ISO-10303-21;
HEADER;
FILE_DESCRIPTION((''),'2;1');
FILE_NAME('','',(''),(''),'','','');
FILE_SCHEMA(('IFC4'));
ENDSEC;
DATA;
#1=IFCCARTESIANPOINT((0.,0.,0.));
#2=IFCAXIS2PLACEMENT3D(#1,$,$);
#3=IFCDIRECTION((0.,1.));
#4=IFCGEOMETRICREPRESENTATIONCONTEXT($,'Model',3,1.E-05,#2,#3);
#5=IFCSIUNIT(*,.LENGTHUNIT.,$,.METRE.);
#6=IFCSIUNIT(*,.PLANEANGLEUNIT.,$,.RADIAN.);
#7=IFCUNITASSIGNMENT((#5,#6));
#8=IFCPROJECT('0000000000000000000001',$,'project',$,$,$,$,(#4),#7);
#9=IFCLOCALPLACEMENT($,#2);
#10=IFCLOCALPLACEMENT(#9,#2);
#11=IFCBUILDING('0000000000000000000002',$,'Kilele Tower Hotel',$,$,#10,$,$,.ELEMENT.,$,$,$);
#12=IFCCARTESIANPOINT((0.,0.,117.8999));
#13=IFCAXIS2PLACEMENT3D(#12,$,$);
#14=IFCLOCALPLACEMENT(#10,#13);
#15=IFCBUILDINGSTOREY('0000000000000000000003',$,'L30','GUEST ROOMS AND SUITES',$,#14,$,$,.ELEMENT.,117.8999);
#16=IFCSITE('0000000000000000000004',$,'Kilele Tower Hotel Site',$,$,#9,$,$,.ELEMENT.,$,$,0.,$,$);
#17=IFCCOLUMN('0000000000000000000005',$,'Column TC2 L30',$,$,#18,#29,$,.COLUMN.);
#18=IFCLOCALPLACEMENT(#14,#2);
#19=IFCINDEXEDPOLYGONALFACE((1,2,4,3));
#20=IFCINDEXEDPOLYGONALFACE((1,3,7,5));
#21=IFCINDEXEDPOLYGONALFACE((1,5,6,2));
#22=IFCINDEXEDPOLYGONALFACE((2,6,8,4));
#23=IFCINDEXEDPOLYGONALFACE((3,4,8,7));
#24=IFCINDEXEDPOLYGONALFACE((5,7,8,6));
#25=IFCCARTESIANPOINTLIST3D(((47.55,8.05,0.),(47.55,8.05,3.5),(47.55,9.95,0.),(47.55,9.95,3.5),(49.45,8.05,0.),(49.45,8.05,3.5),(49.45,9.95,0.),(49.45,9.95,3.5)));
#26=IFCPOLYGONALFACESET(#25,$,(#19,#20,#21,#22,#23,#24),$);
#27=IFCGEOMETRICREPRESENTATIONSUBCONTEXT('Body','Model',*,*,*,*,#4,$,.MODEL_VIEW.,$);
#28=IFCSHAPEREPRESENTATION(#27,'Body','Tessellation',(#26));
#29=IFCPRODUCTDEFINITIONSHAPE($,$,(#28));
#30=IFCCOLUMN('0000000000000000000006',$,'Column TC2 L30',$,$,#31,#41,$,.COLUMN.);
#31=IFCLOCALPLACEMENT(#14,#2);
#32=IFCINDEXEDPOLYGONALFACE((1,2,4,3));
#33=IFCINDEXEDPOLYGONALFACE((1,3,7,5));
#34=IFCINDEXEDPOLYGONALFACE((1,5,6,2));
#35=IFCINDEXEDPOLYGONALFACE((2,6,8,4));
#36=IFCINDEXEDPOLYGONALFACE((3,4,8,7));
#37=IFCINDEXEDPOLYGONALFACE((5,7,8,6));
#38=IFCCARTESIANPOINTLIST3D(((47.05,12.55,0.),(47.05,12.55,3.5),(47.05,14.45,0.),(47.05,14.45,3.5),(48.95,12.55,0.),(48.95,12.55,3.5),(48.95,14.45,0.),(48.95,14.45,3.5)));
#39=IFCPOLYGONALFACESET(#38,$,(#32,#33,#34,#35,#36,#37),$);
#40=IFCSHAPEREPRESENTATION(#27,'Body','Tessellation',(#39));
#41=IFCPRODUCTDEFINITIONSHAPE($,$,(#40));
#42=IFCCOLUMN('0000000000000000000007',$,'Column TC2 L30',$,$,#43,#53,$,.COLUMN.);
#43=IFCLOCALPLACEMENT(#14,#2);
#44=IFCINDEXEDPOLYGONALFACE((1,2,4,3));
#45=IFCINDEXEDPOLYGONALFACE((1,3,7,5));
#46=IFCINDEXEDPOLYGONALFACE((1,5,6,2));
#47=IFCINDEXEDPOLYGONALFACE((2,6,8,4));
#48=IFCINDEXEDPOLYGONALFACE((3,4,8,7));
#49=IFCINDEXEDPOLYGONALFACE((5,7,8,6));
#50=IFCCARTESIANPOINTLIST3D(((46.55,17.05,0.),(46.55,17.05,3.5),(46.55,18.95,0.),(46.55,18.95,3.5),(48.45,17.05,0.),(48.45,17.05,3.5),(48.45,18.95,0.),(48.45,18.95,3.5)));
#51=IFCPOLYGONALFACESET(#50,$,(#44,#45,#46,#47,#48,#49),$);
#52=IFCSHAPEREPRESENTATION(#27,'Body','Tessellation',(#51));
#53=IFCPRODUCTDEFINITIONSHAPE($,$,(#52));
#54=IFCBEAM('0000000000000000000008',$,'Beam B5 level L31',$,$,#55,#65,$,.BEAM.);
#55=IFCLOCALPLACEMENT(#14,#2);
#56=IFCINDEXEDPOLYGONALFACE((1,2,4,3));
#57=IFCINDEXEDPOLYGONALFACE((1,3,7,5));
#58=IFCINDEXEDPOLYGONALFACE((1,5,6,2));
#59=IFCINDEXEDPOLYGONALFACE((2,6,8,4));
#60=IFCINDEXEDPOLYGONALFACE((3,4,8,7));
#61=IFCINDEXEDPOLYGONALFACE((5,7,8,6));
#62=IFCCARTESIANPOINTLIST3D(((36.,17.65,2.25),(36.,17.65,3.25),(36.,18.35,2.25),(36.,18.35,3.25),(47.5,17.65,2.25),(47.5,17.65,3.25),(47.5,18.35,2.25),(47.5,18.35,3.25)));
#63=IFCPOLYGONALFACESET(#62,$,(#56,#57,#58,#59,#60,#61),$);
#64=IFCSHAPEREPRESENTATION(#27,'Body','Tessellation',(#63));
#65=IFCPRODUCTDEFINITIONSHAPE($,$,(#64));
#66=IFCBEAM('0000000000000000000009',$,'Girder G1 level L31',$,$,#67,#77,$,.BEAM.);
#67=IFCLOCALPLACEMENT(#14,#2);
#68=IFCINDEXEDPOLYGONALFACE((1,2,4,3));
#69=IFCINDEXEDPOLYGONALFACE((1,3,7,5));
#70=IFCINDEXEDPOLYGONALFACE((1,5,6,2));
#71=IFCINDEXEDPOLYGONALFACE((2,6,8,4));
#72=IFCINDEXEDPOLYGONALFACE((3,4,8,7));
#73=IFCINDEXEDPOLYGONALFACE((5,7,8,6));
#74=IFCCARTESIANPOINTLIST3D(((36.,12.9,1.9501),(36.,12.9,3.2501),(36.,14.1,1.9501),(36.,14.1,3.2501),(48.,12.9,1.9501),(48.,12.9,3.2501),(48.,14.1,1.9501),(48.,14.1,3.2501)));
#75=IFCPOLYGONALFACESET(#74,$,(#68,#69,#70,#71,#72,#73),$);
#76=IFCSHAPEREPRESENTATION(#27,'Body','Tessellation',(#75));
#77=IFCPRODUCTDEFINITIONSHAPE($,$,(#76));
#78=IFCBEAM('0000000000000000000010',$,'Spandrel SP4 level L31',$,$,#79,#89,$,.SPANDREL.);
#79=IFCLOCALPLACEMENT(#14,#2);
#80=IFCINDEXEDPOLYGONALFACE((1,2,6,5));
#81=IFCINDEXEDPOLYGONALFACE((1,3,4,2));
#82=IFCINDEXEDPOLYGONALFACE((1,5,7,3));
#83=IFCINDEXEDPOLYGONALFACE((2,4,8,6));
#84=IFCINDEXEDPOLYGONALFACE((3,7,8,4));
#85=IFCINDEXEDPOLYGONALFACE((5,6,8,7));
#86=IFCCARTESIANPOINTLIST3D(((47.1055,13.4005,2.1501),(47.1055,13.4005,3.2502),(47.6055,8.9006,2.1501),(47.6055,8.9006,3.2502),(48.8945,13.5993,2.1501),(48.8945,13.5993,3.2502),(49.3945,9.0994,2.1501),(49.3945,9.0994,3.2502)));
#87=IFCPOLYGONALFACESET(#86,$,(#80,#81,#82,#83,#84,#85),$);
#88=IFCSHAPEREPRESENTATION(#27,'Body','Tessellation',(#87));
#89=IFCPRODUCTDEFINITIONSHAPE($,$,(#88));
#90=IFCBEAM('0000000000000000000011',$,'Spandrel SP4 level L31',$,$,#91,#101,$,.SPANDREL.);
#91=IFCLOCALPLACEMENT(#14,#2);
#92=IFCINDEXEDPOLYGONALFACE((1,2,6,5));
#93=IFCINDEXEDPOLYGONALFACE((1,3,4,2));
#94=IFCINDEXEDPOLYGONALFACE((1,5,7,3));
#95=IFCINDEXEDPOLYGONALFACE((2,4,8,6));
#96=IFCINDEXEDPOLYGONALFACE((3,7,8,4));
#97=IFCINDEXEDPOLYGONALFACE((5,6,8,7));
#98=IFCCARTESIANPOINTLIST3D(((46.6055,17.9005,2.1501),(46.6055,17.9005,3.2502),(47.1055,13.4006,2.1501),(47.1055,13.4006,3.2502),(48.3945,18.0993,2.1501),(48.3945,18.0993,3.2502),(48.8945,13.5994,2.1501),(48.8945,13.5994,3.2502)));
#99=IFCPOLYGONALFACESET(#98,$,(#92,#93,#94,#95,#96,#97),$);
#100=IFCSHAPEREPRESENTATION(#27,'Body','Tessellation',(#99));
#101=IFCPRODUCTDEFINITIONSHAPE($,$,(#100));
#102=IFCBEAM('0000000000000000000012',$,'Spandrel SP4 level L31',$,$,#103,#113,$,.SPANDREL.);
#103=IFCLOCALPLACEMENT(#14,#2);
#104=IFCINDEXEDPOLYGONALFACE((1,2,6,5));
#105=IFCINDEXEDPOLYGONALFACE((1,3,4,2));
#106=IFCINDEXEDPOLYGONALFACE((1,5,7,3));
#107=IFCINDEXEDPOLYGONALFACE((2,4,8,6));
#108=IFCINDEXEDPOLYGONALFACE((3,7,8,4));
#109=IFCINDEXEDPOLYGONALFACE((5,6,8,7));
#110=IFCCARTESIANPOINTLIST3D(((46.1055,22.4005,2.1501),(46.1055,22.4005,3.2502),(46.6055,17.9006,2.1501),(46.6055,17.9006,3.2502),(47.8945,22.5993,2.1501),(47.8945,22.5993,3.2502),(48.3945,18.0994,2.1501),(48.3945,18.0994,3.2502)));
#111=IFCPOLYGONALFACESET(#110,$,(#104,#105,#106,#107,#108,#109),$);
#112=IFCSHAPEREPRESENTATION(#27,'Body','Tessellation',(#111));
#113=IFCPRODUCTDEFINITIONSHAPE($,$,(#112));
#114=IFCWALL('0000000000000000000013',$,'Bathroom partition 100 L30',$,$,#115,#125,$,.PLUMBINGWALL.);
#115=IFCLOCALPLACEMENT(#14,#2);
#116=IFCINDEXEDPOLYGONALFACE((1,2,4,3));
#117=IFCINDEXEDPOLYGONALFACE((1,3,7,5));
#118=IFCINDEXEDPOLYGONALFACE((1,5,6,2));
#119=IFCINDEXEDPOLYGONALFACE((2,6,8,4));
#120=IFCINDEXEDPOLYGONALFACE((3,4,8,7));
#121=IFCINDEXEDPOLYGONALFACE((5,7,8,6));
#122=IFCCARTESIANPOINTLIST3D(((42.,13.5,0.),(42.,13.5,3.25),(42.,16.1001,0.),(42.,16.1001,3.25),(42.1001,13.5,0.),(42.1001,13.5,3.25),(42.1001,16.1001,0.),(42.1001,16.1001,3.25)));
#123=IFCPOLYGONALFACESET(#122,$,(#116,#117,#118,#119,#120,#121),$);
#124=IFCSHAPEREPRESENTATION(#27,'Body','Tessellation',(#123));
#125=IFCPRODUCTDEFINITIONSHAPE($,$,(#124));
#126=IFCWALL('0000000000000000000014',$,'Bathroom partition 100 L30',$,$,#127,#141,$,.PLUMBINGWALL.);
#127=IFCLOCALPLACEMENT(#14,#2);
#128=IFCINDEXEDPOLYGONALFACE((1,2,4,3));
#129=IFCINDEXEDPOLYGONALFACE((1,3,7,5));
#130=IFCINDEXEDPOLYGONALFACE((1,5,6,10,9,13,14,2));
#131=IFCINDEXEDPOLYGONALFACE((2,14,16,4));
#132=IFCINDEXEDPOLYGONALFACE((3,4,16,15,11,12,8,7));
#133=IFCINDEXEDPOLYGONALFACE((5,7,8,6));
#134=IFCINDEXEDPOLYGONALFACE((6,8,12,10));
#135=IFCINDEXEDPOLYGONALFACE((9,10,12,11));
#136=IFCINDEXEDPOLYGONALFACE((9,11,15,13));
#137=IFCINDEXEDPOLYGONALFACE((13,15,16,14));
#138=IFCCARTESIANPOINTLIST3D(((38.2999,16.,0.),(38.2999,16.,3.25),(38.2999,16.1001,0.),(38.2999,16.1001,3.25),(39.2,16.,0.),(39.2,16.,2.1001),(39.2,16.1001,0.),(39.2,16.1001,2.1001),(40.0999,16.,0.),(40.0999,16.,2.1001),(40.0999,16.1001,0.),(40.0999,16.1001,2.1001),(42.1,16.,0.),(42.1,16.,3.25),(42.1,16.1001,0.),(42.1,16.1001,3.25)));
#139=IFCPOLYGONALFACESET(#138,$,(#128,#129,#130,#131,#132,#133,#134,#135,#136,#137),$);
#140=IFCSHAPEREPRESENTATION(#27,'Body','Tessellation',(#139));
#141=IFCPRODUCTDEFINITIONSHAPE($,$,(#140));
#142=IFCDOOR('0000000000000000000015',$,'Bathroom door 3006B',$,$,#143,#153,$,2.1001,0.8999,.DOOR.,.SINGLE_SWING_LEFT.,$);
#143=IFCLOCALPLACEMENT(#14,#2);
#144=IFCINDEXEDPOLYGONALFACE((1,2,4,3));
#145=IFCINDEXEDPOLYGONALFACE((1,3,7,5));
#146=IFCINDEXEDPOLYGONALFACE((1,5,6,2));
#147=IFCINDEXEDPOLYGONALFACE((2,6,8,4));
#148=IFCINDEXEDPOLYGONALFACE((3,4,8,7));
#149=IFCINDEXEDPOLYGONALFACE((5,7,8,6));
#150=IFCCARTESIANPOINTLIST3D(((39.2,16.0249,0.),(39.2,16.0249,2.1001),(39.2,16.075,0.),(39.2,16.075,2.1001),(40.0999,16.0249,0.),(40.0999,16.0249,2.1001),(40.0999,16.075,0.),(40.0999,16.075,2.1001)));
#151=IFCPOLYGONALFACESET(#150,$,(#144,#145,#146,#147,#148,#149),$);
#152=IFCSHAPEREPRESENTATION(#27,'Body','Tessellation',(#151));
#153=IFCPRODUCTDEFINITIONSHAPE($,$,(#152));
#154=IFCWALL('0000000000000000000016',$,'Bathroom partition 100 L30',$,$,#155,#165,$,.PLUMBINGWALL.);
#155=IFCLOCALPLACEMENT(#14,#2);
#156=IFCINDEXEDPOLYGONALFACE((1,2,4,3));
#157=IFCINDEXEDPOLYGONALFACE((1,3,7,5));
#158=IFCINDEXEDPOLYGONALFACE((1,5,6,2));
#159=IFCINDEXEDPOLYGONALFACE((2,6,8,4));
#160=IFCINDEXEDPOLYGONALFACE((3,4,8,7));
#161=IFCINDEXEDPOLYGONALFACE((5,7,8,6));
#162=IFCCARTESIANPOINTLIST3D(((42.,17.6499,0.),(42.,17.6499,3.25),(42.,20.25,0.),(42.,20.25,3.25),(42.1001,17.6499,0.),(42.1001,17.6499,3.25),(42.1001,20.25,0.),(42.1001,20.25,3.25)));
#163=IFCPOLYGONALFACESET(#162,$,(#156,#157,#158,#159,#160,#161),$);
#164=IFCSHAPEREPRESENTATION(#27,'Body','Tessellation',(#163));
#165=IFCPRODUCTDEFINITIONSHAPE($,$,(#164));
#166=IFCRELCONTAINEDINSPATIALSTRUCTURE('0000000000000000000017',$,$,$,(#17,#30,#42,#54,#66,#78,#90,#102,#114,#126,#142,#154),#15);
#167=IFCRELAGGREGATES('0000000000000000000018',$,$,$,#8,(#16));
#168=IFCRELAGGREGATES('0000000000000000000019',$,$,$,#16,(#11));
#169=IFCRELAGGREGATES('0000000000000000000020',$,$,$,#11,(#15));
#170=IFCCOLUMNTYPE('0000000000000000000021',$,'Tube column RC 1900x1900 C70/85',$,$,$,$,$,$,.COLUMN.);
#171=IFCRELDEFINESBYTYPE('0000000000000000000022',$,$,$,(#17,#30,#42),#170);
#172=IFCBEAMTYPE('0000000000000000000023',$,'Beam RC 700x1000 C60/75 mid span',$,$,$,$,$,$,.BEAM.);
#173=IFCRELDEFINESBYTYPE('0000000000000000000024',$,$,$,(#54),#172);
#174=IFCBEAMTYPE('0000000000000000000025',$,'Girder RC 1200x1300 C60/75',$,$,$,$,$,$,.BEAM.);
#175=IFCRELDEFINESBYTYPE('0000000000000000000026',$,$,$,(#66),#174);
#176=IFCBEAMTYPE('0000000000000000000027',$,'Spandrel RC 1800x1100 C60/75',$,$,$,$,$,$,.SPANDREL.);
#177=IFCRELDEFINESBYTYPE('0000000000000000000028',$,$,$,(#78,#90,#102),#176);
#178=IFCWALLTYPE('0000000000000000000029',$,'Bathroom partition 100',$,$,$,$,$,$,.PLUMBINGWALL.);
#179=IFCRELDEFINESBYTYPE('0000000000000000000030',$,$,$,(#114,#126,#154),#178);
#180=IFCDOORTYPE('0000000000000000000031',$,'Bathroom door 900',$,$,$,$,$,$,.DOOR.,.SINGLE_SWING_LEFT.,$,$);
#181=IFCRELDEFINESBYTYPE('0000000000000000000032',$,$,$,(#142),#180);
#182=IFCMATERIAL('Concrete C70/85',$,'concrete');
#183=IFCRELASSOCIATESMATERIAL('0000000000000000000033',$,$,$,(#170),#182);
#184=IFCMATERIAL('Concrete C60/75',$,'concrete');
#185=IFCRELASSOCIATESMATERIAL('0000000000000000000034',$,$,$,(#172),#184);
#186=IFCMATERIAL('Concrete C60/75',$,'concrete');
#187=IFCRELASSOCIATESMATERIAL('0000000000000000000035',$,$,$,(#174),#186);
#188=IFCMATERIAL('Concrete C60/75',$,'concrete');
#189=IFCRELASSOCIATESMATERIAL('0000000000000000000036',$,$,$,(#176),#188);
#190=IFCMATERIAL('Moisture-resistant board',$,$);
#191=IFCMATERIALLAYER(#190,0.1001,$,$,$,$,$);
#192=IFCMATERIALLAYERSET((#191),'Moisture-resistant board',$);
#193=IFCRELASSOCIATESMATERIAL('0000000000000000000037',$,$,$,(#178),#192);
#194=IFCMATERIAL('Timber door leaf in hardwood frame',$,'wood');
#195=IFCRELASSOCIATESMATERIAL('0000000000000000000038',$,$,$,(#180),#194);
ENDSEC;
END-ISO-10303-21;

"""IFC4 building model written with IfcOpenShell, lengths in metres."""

from ifc_helpers import new_model, si_unit, direction, frame, frame_2d, origin, origin_2d, place, context, subcontext, project, spatial, rectangle, extrude, material, layer, layer_set, material_profile, profile_set, type_object, element, fill, save


model = new_model("IFC4")

# Units and contexts
model_context = context("Model", 3, precision=1e-05, world=origin(), true_north=direction((0.0, 1.0)))
body_context = subcontext(model_context, "Body", "Model", "MODEL_VIEW")
ifc_project = project(units=[si_unit("LENGTHUNIT", "METRE"), si_unit("PLANEANGLEUNIT", "RADIAN")], contexts=[model_context])

# Site, building, storey
site_placement = place(None, origin())
site = spatial("IfcSite", under=ifc_project, at=site_placement, Name="Kilele Tower Hotel Site", CompositionType="ELEMENT", RefElevation=0.0)
building_placement = place(site_placement, origin())
building = spatial("IfcBuilding", under=site, at=building_placement, Name="Kilele Tower Hotel", CompositionType="ELEMENT")
storey_placement = place(building_placement, frame((0.0, 0.0, 117.8999)))
storey = spatial("IfcBuildingStorey", under=building, at=storey_placement, Name="L30", Description="GUEST ROOMS AND SUITES", CompositionType="ELEMENT", Elevation=117.8999)

# Columns
ifc_material_1 = material(Name="Concrete C70/85", Category="concrete")
ifc_material_profile_1 = material_profile(ifc_material_1, rectangle(XDim=1.8999, YDim=1.8999, at=origin_2d()))
ifc_profile_set_1 = profile_set([ifc_material_profile_1], Name="Concrete C70/85")
column_type = type_object("IfcColumnType", Name="Tube column RC 1900x1900 C70/85", PredefinedType="COLUMN", material=ifc_profile_set_1)
for number, where, z_axis, x_axis, name in (
    (1, (48.5, 9.0, 0.0), (0.0, 0.0, 1.0), (1.0, 0.0, 0.0), "Column TC2 L30"),
    (2, (48.0, 13.5, 0.0), (0.0, 0.0, 1.0), (1.0, 0.0, 0.0), "Column TC2 L30"),
    (3, (47.5, 18.0, 0.0), (0.0, 0.0, 1.0), (1.0, 0.0, 0.0), "Column TC2 L30"),
):
    element("IfcColumn", number, at=place(storey_placement, frame(where, z_axis=z_axis, x_axis=x_axis)), inside=storey, type_object=column_type, Name=name, PredefinedType="COLUMN", context=body_context, shape_type="SweptSolid", body=[
        extrude(rectangle(XDim=1.8999, YDim=1.8999, at=origin_2d()), origin(), (0.0, 0.0, 1.0), 3.5),
    ])

# Beams
ifc_material_2 = material(Name="Concrete C60/75", Category="concrete")
ifc_material_profile_2 = material_profile(ifc_material_2, rectangle(XDim=0.7, YDim=1.0, at=origin_2d()))
ifc_profile_set_2 = profile_set([ifc_material_profile_2], Name="Concrete C60/75")
beam_type_1 = type_object("IfcBeamType", Name="Beam RC 700x1000 C60/75 mid span", PredefinedType="BEAM", material=ifc_profile_set_2)
beam_1_placement = place(storey_placement, frame((47.5, 18.0, 2.75), z_axis=(-1.0, 0.0, 0.0), x_axis=(0.0, -1.0, 0.0)))
element("IfcBeam", 4, at=beam_1_placement, inside=storey, type_object=beam_type_1, Name="Beam B5 level L31", PredefinedType="BEAM", context=body_context, shape_type="SweptSolid", body=[
    extrude(rectangle(XDim=0.7, YDim=1.0, at=origin_2d()), origin(), (0.0, 0.0, 1.0), 11.5),
])
ifc_material_3 = material(Name="Concrete C60/75", Category="concrete")
ifc_material_profile_3 = material_profile(ifc_material_3, rectangle(XDim=1.2, YDim=1.3, at=origin_2d()))
ifc_profile_set_3 = profile_set([ifc_material_profile_3], Name="Concrete C60/75")
beam_type_2 = type_object("IfcBeamType", Name="Girder RC 1200x1300 C60/75", PredefinedType="BEAM", material=ifc_profile_set_3)
beam_2_placement = place(storey_placement, frame((48.0, 13.5, 2.6001), z_axis=(-1.0, 0.0, 0.0), x_axis=(0.0, -1.0, 0.0)))
element("IfcBeam", 5, at=beam_2_placement, inside=storey, type_object=beam_type_2, Name="Girder G1 level L31", PredefinedType="BEAM", context=body_context, shape_type="SweptSolid", body=[
    extrude(rectangle(XDim=1.2, YDim=1.3, at=origin_2d()), origin(), (0.0, 0.0, 1.0), 12.0),
])
ifc_material_4 = material(Name="Concrete C60/75", Category="concrete")
ifc_material_profile_4 = material_profile(ifc_material_4, rectangle(XDim=1.8, YDim=1.1001, at=origin_2d()))
ifc_profile_set_4 = profile_set([ifc_material_profile_4], Name="Concrete C60/75")
beam_type_3 = type_object("IfcBeamType", Name="Spandrel RC 1800x1100 C60/75", PredefinedType="SPANDREL", material=ifc_profile_set_4)
for number, where, z_axis, x_axis, name in (
    (6, (48.5, 9.0, 2.7002), (-0.110432, 0.993884, 0.0), (-0.993884, -0.110432, 0.0), "Spandrel SP4 level L31"),
    (7, (48.0, 13.5, 2.7002), (-0.110432, 0.993884, 0.0), (-0.993884, -0.110432, 0.0), "Spandrel SP4 level L31"),
    (8, (47.5, 18.0, 2.7002), (-0.110432, 0.993884, 0.0), (-0.993884, -0.110432, 0.0), "Spandrel SP4 level L31"),
):
    element("IfcBeam", number, at=place(storey_placement, frame(where, z_axis=z_axis, x_axis=x_axis)), inside=storey, type_object=beam_type_3, Name=name, PredefinedType="SPANDREL", context=body_context, shape_type="SweptSolid", body=[
        extrude(rectangle(XDim=1.8, YDim=1.1001, at=origin_2d()), origin(), (0.0, 0.0, 1.0), 4.5276),
    ])

# Wall
ifc_material_5 = material(Name="Moisture-resistant board")
ifc_layer_1 = layer(ifc_material_5, 0.1001)
ifc_layer_set_1 = layer_set([ifc_layer_1], Name="Moisture-resistant board")
wall_type_1 = type_object("IfcWallType", Name="Bathroom partition 100", PredefinedType="PLUMBINGWALL", material=ifc_layer_set_1)
wall_1_placement = place(storey_placement, frame((42.05, 13.5, 0.0), z_axis=(0.0, 0.0, 1.0), x_axis=(0.0, 1.0, 0.0)))
element("IfcWall", 9, at=wall_1_placement, inside=storey, type_object=wall_type_1, Name="Bathroom partition 100 L30", PredefinedType="PLUMBINGWALL", context=body_context, shape_type="SweptSolid", body=[
    extrude(rectangle(XDim=2.6001, YDim=0.1001, at=frame_2d((1.3, 0.0))), origin(), (0.0, 0.0, 1.0), 3.25),
])

# Wall, opening, door
wall_2_placement = place(storey_placement, frame((38.3, 16.05, 0.0), z_axis=(0.0, 0.0, 1.0), x_axis=(1.0, 0.0, 0.0)))
wall_2 = element("IfcWall", 10, at=wall_2_placement, inside=storey, type_object=wall_type_1, Name="Bathroom partition 100 L30", PredefinedType="PLUMBINGWALL", context=body_context, shape_type="SweptSolid", body=[
    extrude(rectangle(XDim=3.8, YDim=0.1001, at=frame_2d((1.8999, 0.0))), origin(), (0.0, 0.0, 1.0), 3.25),
])
opening_1_placement = place(wall_2_placement, frame((0.8999, 0.0, 0.0)))
opening_1 = element("IfcOpeningElement", 11, at=opening_1_placement, cuts=wall_2, PredefinedType="OPENING", context=body_context, shape_type="SweptSolid", body=[
    extrude(rectangle(XDim=0.8999, YDim=2.1001, at=frame_2d((0.45, 1.05))), frame((0.0, 0.0601, 0.0), z_axis=(0.0, -1.0, 0.0), x_axis=(1.0, 0.0, 0.0)), (0.0, 0.0, 1.0), 0.1201),
])
ifc_material_6 = material(Name="Timber door leaf in hardwood frame", Category="wood")
door_type_1 = type_object("IfcDoorType", Name="Bathroom door 900", OperationType="SINGLE_SWING_LEFT", PredefinedType="DOOR", material=ifc_material_6)
door_1_placement = place(opening_1_placement, origin())
door_1 = element("IfcDoor", 12, at=door_1_placement, inside=storey, type_object=door_type_1, Name="Bathroom door 3006B", OperationType="SINGLE_SWING_LEFT", OverallHeight=2.1001, OverallWidth=0.8999, PredefinedType="DOOR", context=body_context, shape_type="SweptSolid", body=[
    extrude(rectangle(XDim=0.8999, YDim=2.1001, at=frame_2d((0.45, 1.05))), frame((0.0, 0.0249, 0.0), z_axis=(0.0, -1.0, 0.0), x_axis=(1.0, 0.0, 0.0)), (0.0, 0.0, 1.0), 0.05),
])
fill(opening_1, door_1)

# Wall
wall_3_placement = place(storey_placement, frame((42.05, 17.6499, 0.0), z_axis=(0.0, 0.0, 1.0), x_axis=(0.0, 1.0, 0.0)))
element("IfcWall", 13, at=wall_3_placement, inside=storey, type_object=wall_type_1, Name="Bathroom partition 100 L30", PredefinedType="PLUMBINGWALL", context=body_context, shape_type="SweptSolid", body=[
    extrude(rectangle(XDim=2.6001, YDim=0.1001, at=frame_2d((1.3, 0.0))), origin(), (0.0, 0.0, 1.0), 3.25),
])

save(model, "model.ifc")
